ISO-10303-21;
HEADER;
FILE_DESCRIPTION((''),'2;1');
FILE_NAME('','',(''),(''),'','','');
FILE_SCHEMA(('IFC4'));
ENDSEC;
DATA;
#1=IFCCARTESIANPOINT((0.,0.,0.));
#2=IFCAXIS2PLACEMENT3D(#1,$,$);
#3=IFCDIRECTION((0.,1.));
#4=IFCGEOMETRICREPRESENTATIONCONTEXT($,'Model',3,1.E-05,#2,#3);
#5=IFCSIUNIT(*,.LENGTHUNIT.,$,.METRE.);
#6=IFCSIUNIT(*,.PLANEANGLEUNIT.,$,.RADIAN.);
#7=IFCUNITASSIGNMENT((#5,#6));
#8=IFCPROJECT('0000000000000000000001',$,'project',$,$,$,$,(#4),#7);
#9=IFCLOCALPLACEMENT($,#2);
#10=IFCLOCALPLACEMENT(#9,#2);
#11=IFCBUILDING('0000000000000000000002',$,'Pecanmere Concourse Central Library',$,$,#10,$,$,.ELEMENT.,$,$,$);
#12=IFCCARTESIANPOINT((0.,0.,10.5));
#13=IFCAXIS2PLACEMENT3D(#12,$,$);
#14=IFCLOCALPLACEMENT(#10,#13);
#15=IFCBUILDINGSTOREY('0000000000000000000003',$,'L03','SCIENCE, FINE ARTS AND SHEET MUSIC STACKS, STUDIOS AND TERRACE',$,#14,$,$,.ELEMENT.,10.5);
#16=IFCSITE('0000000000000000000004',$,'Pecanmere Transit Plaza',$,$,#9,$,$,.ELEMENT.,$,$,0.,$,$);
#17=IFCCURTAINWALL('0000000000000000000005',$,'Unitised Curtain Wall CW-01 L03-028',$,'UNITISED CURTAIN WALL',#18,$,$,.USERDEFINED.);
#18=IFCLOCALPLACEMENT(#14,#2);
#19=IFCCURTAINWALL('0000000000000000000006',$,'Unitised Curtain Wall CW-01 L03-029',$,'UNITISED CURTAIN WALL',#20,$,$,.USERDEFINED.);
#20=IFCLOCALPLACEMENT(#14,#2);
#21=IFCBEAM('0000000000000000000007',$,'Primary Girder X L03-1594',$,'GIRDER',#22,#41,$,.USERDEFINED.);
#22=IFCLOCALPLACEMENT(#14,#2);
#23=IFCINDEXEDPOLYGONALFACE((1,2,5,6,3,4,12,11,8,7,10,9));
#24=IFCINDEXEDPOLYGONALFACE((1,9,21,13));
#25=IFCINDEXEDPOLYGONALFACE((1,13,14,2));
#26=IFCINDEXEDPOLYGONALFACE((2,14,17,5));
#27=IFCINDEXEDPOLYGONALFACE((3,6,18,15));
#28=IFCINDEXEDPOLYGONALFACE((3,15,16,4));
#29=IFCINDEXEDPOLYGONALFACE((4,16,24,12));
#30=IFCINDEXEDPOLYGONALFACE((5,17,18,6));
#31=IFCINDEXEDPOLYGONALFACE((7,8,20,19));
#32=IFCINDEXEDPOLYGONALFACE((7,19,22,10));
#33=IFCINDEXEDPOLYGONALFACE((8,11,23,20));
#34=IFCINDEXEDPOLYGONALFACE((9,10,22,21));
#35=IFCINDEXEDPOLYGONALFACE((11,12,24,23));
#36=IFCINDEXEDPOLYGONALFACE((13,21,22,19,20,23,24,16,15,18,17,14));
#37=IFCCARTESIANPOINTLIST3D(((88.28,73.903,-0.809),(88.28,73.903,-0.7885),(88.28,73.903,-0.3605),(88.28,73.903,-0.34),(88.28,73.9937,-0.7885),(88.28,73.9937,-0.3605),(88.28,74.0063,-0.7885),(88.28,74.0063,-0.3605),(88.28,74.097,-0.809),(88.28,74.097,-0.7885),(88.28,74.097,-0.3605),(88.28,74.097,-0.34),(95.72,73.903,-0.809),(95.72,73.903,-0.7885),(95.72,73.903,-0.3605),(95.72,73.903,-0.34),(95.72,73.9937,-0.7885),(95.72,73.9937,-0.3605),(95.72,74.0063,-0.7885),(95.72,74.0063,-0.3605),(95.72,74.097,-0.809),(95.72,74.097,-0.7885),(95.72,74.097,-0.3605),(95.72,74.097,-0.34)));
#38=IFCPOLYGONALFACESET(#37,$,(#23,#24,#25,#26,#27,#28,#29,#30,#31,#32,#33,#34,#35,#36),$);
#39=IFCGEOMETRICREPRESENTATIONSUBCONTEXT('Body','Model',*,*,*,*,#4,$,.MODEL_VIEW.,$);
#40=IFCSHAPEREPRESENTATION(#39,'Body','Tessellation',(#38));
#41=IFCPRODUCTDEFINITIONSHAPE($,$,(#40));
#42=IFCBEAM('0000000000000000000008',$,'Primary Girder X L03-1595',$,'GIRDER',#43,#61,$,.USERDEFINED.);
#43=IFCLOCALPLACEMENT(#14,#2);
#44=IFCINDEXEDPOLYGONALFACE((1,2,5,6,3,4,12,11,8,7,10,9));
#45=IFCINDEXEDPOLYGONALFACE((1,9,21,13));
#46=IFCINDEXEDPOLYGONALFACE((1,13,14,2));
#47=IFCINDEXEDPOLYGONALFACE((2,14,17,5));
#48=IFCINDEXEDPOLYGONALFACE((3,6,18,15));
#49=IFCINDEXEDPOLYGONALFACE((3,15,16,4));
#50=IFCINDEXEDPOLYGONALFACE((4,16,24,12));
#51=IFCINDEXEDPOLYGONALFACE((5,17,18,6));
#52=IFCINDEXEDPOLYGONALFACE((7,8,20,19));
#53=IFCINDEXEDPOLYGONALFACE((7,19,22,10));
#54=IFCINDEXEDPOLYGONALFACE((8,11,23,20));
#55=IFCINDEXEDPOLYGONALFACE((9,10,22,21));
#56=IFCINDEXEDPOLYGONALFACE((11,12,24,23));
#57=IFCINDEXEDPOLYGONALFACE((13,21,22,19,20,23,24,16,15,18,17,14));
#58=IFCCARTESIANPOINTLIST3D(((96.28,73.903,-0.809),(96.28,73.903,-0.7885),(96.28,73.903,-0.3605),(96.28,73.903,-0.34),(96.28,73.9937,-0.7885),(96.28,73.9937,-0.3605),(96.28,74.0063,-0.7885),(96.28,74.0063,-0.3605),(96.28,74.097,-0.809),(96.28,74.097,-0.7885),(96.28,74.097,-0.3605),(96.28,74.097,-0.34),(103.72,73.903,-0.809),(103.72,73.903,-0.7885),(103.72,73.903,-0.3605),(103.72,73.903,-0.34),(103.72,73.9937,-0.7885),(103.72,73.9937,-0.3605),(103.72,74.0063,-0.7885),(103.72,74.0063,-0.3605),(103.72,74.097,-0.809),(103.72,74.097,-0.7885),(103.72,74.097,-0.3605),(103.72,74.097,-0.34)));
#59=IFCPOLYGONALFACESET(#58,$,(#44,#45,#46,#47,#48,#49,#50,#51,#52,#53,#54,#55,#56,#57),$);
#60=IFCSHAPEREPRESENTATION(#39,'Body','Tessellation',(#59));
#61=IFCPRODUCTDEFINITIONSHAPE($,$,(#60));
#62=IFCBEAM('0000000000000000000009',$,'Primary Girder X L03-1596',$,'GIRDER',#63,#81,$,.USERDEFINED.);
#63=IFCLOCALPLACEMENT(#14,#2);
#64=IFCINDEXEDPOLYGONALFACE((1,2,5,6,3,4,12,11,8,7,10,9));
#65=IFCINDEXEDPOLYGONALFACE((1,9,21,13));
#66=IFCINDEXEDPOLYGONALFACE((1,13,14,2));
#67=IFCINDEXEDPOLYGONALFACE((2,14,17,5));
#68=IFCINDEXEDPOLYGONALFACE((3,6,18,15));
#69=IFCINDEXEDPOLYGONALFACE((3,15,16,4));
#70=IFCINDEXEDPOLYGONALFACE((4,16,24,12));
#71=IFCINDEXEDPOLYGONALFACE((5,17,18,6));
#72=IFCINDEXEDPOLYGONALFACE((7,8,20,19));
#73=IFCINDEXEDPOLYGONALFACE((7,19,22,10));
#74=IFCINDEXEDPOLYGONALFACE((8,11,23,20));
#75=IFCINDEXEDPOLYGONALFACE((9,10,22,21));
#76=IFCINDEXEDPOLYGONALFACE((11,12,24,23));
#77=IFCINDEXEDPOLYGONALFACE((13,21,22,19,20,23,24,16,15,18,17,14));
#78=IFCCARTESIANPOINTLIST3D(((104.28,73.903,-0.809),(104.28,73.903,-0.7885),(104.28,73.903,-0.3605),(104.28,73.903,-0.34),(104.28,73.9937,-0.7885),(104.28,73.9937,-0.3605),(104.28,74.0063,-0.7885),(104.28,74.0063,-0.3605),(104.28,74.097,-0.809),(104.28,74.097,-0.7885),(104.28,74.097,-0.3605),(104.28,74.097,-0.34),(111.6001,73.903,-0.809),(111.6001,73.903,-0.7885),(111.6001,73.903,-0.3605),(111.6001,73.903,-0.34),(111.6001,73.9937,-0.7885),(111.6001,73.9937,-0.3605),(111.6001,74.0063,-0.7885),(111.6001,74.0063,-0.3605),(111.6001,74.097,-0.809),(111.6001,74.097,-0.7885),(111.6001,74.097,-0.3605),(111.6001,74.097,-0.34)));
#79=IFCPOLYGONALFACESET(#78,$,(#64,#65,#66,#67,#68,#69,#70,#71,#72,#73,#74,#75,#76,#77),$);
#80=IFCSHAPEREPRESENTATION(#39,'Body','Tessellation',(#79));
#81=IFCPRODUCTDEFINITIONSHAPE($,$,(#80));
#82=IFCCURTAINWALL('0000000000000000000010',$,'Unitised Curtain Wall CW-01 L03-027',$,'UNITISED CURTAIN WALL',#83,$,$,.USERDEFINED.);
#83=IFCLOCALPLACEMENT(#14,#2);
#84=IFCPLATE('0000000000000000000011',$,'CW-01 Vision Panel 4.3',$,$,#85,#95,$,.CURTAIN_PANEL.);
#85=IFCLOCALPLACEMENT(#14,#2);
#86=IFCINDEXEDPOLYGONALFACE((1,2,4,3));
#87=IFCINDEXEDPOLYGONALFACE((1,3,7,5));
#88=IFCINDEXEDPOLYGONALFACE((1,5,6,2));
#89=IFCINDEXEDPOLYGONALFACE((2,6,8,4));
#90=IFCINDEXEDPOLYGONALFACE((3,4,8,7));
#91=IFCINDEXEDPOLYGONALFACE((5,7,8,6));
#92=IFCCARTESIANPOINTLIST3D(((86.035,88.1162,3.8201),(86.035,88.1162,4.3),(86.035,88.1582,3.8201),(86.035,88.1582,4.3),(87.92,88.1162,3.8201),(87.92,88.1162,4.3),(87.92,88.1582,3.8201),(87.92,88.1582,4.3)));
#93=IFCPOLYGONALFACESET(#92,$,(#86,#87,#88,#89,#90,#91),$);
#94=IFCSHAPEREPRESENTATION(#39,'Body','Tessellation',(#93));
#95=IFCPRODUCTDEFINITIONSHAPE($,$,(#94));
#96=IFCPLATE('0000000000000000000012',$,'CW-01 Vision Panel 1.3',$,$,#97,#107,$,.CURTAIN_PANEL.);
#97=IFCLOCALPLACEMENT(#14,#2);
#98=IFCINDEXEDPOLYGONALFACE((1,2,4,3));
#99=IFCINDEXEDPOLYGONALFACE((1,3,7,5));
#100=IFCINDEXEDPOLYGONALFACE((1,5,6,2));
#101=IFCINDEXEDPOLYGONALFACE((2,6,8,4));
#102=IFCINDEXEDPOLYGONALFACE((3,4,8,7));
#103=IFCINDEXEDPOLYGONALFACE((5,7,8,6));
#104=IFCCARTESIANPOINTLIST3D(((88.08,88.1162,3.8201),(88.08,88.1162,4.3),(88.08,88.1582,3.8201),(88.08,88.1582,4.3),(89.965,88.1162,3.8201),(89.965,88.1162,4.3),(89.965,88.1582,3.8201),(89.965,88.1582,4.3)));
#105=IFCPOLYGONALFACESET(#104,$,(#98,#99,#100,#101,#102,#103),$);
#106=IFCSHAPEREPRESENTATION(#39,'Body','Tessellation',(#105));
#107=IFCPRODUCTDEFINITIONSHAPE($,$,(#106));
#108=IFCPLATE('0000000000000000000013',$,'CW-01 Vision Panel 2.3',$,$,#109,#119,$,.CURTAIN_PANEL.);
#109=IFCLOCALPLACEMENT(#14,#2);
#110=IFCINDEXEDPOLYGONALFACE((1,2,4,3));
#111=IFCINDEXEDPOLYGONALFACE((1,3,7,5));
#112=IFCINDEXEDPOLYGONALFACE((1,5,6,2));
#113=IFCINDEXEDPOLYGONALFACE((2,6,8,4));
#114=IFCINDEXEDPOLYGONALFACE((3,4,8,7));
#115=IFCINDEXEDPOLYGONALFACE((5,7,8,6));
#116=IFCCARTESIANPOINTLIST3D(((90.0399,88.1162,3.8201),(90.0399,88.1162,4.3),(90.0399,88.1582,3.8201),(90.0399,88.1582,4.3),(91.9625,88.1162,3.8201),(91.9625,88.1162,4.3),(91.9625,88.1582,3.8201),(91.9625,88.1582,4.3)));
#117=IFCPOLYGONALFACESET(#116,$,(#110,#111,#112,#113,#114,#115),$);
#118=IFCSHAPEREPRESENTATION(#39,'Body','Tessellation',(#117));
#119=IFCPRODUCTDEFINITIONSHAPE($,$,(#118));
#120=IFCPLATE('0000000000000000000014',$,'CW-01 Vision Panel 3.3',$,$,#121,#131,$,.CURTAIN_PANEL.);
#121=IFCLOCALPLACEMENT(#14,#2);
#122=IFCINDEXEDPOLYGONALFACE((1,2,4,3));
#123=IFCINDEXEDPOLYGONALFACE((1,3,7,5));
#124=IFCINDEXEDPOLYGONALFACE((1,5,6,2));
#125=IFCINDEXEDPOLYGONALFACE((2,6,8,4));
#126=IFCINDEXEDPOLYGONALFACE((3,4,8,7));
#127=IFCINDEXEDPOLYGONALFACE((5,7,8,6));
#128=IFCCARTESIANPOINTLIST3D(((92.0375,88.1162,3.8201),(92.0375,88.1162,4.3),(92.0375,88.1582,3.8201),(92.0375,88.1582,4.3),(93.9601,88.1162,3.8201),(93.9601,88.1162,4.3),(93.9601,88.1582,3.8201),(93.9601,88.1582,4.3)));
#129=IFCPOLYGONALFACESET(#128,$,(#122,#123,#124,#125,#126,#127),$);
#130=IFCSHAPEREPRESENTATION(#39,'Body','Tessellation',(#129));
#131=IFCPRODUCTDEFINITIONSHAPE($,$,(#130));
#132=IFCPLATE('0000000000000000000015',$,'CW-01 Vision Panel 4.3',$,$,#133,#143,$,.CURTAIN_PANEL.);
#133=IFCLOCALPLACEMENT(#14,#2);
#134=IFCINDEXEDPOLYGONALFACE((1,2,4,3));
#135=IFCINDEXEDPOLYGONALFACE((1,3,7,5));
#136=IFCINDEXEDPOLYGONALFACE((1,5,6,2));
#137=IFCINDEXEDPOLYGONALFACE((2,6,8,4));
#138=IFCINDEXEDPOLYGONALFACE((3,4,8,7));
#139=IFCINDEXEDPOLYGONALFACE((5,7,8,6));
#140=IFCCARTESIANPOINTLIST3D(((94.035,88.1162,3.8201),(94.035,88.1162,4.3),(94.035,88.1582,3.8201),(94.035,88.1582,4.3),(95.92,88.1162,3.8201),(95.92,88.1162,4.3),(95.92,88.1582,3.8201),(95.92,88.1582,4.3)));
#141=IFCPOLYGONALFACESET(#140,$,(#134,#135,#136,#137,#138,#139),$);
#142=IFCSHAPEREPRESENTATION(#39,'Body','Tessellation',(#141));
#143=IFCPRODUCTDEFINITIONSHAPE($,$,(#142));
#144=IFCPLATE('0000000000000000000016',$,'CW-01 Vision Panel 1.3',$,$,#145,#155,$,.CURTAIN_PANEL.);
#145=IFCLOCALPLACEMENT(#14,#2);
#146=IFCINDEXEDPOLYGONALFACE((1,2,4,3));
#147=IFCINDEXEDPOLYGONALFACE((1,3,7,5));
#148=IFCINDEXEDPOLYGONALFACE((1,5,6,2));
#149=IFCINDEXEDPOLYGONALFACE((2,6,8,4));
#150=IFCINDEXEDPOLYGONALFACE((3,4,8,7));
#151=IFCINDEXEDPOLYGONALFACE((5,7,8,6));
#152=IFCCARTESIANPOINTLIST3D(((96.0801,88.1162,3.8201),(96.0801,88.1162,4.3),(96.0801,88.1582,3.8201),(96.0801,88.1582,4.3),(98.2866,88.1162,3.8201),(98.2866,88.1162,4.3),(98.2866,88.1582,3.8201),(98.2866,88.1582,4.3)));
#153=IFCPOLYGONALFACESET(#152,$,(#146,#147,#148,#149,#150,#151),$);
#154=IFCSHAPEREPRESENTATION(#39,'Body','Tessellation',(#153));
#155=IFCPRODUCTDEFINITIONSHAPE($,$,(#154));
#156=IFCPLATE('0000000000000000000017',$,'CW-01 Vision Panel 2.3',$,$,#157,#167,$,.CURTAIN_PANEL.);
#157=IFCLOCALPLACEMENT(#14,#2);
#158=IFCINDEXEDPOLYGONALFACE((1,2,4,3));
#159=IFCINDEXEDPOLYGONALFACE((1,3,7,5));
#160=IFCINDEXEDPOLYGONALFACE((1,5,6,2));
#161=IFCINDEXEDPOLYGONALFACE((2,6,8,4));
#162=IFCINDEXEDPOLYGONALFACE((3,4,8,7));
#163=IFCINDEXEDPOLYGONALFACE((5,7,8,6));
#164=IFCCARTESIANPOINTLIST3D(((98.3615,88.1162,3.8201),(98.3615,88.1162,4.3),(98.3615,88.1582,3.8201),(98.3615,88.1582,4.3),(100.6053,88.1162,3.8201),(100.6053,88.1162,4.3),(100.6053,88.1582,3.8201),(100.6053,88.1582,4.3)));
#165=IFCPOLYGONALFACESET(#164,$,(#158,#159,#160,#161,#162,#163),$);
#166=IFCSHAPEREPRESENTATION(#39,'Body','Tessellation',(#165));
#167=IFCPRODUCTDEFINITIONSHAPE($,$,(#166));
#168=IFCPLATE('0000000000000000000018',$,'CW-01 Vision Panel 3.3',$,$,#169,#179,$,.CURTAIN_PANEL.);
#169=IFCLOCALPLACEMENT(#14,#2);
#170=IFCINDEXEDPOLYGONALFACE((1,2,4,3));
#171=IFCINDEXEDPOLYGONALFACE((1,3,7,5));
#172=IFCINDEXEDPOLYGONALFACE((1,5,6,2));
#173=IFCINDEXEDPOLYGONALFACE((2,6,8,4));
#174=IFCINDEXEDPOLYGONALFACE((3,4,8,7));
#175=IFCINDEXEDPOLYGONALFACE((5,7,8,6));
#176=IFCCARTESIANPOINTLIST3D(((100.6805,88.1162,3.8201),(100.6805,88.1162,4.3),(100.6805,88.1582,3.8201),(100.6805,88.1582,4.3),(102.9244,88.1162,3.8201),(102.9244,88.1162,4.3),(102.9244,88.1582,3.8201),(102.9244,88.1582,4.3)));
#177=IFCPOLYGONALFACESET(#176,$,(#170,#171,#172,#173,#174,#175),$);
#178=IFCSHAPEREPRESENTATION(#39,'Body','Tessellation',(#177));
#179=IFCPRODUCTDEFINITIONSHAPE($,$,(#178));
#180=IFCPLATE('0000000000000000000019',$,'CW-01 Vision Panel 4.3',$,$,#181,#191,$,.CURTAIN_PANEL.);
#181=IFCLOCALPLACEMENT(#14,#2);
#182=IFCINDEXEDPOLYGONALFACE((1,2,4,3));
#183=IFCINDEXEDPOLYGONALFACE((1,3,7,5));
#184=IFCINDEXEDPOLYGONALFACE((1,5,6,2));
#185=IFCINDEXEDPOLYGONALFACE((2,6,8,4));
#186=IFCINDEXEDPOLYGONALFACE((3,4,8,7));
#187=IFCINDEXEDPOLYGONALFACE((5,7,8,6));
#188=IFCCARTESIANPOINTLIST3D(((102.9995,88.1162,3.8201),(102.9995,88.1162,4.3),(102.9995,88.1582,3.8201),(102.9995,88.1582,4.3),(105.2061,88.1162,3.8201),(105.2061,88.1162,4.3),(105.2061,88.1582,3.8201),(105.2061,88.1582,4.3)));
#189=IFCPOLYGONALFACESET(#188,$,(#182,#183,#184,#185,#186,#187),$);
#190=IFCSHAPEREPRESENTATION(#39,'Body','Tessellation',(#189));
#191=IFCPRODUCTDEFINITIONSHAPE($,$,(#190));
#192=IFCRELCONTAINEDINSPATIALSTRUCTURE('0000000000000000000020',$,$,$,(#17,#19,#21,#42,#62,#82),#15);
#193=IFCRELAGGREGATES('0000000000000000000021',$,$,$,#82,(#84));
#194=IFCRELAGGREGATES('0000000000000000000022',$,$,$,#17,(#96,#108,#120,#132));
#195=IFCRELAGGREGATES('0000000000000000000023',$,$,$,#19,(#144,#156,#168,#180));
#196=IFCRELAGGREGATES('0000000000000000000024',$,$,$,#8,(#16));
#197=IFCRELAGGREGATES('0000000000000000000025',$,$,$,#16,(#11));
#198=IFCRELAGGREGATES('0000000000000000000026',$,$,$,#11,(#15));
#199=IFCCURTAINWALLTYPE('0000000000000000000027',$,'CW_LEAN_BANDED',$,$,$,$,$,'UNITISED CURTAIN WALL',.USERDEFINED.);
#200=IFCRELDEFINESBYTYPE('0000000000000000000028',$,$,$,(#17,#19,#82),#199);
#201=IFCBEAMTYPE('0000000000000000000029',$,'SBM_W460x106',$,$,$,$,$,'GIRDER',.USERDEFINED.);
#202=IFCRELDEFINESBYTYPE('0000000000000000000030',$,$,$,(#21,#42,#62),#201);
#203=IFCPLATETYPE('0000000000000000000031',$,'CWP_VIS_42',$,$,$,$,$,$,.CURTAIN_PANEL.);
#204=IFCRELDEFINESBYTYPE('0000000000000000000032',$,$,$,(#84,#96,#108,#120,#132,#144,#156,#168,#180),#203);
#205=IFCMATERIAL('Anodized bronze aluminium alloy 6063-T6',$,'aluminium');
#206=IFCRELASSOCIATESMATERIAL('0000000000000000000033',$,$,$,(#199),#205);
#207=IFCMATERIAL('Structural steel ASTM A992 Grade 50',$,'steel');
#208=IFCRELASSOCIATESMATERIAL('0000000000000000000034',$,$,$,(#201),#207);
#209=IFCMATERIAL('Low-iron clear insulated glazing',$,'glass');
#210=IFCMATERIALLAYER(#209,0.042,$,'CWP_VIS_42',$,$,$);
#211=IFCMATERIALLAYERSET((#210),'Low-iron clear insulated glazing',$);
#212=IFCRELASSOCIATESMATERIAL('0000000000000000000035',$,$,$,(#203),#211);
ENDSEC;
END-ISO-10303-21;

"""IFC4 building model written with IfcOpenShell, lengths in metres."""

from ifc_helpers import new_model, si_unit, direction, frame, origin, origin_2d, place, context, subcontext, project, spatial, rectangle, i_section, extrude, material, layer, layer_set, material_profile, profile_set, type_object, element, aggregate, save


model = new_model("IFC4")

# Units and contexts
model_context = context("Model", 3, precision=1e-05, world=origin(), true_north=direction((0.0, 1.0)))
body_context = subcontext(model_context, "Body", "Model", "MODEL_VIEW")
ifc_project = project(units=[si_unit("LENGTHUNIT", "METRE"), si_unit("PLANEANGLEUNIT", "RADIAN")], contexts=[model_context])

# Site, building, storey
site_placement = place(None, origin())
site = spatial("IfcSite", under=ifc_project, at=site_placement, Name="Pecanmere Transit Plaza", CompositionType="ELEMENT", RefElevation=0.0)
building_placement = place(site_placement, origin())
building = spatial("IfcBuilding", under=site, at=building_placement, Name="Pecanmere Concourse Central Library", CompositionType="ELEMENT")
storey_placement = place(building_placement, frame((0.0, 0.0, 10.5)))
storey = spatial("IfcBuildingStorey", under=building, at=storey_placement, Name="L03", Description="SCIENCE, FINE ARTS AND SHEET MUSIC STACKS, STUDIOS AND TERRACE", CompositionType="ELEMENT", Elevation=10.5)

# Curtain walls
ifc_material_1 = material(Name="Anodized bronze aluminium alloy 6063-T6", Category="aluminium")
curtain_wall_type = type_object("IfcCurtainWallType", Name="CW_LEAN_BANDED", ElementType="UNITISED CURTAIN WALL", PredefinedType="USERDEFINED", material=ifc_material_1)
curtain_wall_1_placement = place(storey_placement, origin())
curtain_wall_1 = element("IfcCurtainWall", 1, at=curtain_wall_1_placement, inside=storey, type_object=curtain_wall_type, Name="Unitised Curtain Wall CW-01 L03-028", ObjectType="UNITISED CURTAIN WALL", PredefinedType="USERDEFINED")
curtain_wall_2_placement = place(storey_placement, origin())
curtain_wall_2 = element("IfcCurtainWall", 2, at=curtain_wall_2_placement, inside=storey, type_object=curtain_wall_type, Name="Unitised Curtain Wall CW-01 L03-029", ObjectType="UNITISED CURTAIN WALL", PredefinedType="USERDEFINED")

# Beams
ifc_material_2 = material(Name="Structural steel ASTM A992 Grade 50", Category="steel")
ifc_material_profile_1 = material_profile(ifc_material_2, i_section(OverallWidth=0.1941, OverallDepth=0.469, WebThickness=0.0127, FlangeThickness=0.0205, at=origin_2d()), Name="W460x106")
ifc_profile_set_1 = profile_set([ifc_material_profile_1], Name="Structural steel ASTM A992 Grade 50")
beam_type_1 = type_object("IfcBeamType", Name="SBM_W460x106", ElementType="GIRDER", PredefinedType="USERDEFINED", material=ifc_profile_set_1)
for number, where, z_axis, x_axis, name in (
    (3, (88.28, 74.0, -0.5745), (1.0, 0.0, 0.0), (0.0, 1.0, 0.0), "Primary Girder X L03-1594"),
    (4, (96.28, 74.0, -0.5745), (1.0, 0.0, 0.0), (0.0, 1.0, 0.0), "Primary Girder X L03-1595"),
):
    element("IfcBeam", number, at=place(storey_placement, frame(where, z_axis=z_axis, x_axis=x_axis)), inside=storey, type_object=beam_type_1, Name=name, ObjectType="GIRDER", PredefinedType="USERDEFINED", context=body_context, shape_type="SweptSolid", body=[
        extrude(i_section(OverallWidth=0.1941, OverallDepth=0.469, WebThickness=0.0127, FlangeThickness=0.0205, at=origin_2d()), origin(), (0.0, 0.0, 1.0), 7.4399),
    ])
beam_placement = place(storey_placement, frame((104.28, 74.0, -0.5745), z_axis=(1.0, 0.0, 0.0), x_axis=(0.0, 1.0, 0.0)))
element("IfcBeam", 5, at=beam_placement, inside=storey, type_object=beam_type_1, Name="Primary Girder X L03-1596", ObjectType="GIRDER", PredefinedType="USERDEFINED", context=body_context, shape_type="SweptSolid", body=[
    extrude(i_section(OverallWidth=0.1941, OverallDepth=0.469, WebThickness=0.0127, FlangeThickness=0.0205, at=origin_2d()), origin(), (0.0, 0.0, 1.0), 7.3201),
])

# Curtain wall, plate
curtain_wall_3_placement = place(storey_placement, origin())
curtain_wall_3 = element("IfcCurtainWall", 6, at=curtain_wall_3_placement, inside=storey, type_object=curtain_wall_type, Name="Unitised Curtain Wall CW-01 L03-027", ObjectType="UNITISED CURTAIN WALL", PredefinedType="USERDEFINED")
ifc_material_3 = material(Name="Low-iron clear insulated glazing", Category="glass")
ifc_layer_1 = layer(ifc_material_3, 0.042, Name="CWP_VIS_42")
ifc_layer_set_1 = layer_set([ifc_layer_1], Name="Low-iron clear insulated glazing")
plate_type = type_object("IfcPlateType", Name="CWP_VIS_42", PredefinedType="CURTAIN_PANEL", material=ifc_layer_set_1)
plate_1_placement = place(storey_placement, frame((86.9775, 88.1372, 3.8201), z_axis=(0.0, 0.0, 1.0), x_axis=(1.0, 0.0, 0.0)))
plate_1 = element("IfcPlate", 7, at=plate_1_placement, type_object=plate_type, Name="CW-01 Vision Panel 4.3", PredefinedType="CURTAIN_PANEL", context=body_context, shape_type="SweptSolid", body=[
    extrude(rectangle(XDim=1.885, YDim=0.042, at=origin_2d()), origin(), (0.0, 0.0, 1.0), 0.48),
])
aggregate(curtain_wall_3, [plate_1])

# Plates
plate_2_placement = place(storey_placement, frame((89.0225, 88.1372, 3.8201), z_axis=(0.0, 0.0, 1.0), x_axis=(1.0, 0.0, 0.0)))
plate_2 = element("IfcPlate", 8, at=plate_2_placement, type_object=plate_type, Name="CW-01 Vision Panel 1.3", PredefinedType="CURTAIN_PANEL", context=body_context, shape_type="SweptSolid", body=[
    extrude(rectangle(XDim=1.885, YDim=0.042, at=origin_2d()), origin(), (0.0, 0.0, 1.0), 0.48),
])
plate_3_placement = place(storey_placement, frame((91.0012, 88.1372, 3.8201), z_axis=(0.0, 0.0, 1.0), x_axis=(1.0, 0.0, 0.0)))
plate_3 = element("IfcPlate", 9, at=plate_3_placement, type_object=plate_type, Name="CW-01 Vision Panel 2.3", PredefinedType="CURTAIN_PANEL", context=body_context, shape_type="SweptSolid", body=[
    extrude(rectangle(XDim=1.9226, YDim=0.042, at=origin_2d()), origin(), (0.0, 0.0, 1.0), 0.48),
])
plate_4_placement = place(storey_placement, frame((92.9988, 88.1372, 3.8201), z_axis=(0.0, 0.0, 1.0), x_axis=(1.0, 0.0, 0.0)))
plate_4 = element("IfcPlate", 10, at=plate_4_placement, type_object=plate_type, Name="CW-01 Vision Panel 3.3", PredefinedType="CURTAIN_PANEL", context=body_context, shape_type="SweptSolid", body=[
    extrude(rectangle(XDim=1.9226, YDim=0.042, at=origin_2d()), origin(), (0.0, 0.0, 1.0), 0.48),
])
plate_5_placement = place(storey_placement, frame((94.9775, 88.1372, 3.8201), z_axis=(0.0, 0.0, 1.0), x_axis=(1.0, 0.0, 0.0)))
plate_5 = element("IfcPlate", 11, at=plate_5_placement, type_object=plate_type, Name="CW-01 Vision Panel 4.3", PredefinedType="CURTAIN_PANEL", context=body_context, shape_type="SweptSolid", body=[
    extrude(rectangle(XDim=1.885, YDim=0.042, at=origin_2d()), origin(), (0.0, 0.0, 1.0), 0.48),
])
aggregate(curtain_wall_1, [plate_2, plate_3, plate_4, plate_5])
plate_6_placement = place(storey_placement, frame((97.1833, 88.1372, 3.8201), z_axis=(0.0, 0.0, 1.0), x_axis=(1.0, 0.0, 0.0)))
plate_6 = element("IfcPlate", 12, at=plate_6_placement, type_object=plate_type, Name="CW-01 Vision Panel 1.3", PredefinedType="CURTAIN_PANEL", context=body_context, shape_type="SweptSolid", body=[
    extrude(rectangle(XDim=2.2065, YDim=0.042, at=origin_2d()), origin(), (0.0, 0.0, 1.0), 0.48),
])
plate_7_placement = place(storey_placement, frame((99.4834, 88.1372, 3.8201), z_axis=(0.0, 0.0, 1.0), x_axis=(1.0, 0.0, 0.0)))
plate_7 = element("IfcPlate", 13, at=plate_7_placement, type_object=plate_type, Name="CW-01 Vision Panel 2.3", PredefinedType="CURTAIN_PANEL", context=body_context, shape_type="SweptSolid", body=[
    extrude(rectangle(XDim=2.2439, YDim=0.042, at=origin_2d()), origin(), (0.0, 0.0, 1.0), 0.48),
])
plate_8_placement = place(storey_placement, frame((101.8025, 88.1372, 3.8201), z_axis=(0.0, 0.0, 1.0), x_axis=(1.0, 0.0, 0.0)))
plate_8 = element("IfcPlate", 14, at=plate_8_placement, type_object=plate_type, Name="CW-01 Vision Panel 3.3", PredefinedType="CURTAIN_PANEL", context=body_context, shape_type="SweptSolid", body=[
    extrude(rectangle(XDim=2.2439, YDim=0.042, at=origin_2d()), origin(), (0.0, 0.0, 1.0), 0.48),
])
plate_9_placement = place(storey_placement, frame((104.1028, 88.1372, 3.8201), z_axis=(0.0, 0.0, 1.0), x_axis=(1.0, 0.0, 0.0)))
plate_9 = element("IfcPlate", 15, at=plate_9_placement, type_object=plate_type, Name="CW-01 Vision Panel 4.3", PredefinedType="CURTAIN_PANEL", context=body_context, shape_type="SweptSolid", body=[
    extrude(rectangle(XDim=2.2065, YDim=0.042, at=origin_2d()), origin(), (0.0, 0.0, 1.0), 0.48),
])
aggregate(curtain_wall_2, [plate_6, plate_7, plate_8, plate_9])

save(model, "model.ifc")
